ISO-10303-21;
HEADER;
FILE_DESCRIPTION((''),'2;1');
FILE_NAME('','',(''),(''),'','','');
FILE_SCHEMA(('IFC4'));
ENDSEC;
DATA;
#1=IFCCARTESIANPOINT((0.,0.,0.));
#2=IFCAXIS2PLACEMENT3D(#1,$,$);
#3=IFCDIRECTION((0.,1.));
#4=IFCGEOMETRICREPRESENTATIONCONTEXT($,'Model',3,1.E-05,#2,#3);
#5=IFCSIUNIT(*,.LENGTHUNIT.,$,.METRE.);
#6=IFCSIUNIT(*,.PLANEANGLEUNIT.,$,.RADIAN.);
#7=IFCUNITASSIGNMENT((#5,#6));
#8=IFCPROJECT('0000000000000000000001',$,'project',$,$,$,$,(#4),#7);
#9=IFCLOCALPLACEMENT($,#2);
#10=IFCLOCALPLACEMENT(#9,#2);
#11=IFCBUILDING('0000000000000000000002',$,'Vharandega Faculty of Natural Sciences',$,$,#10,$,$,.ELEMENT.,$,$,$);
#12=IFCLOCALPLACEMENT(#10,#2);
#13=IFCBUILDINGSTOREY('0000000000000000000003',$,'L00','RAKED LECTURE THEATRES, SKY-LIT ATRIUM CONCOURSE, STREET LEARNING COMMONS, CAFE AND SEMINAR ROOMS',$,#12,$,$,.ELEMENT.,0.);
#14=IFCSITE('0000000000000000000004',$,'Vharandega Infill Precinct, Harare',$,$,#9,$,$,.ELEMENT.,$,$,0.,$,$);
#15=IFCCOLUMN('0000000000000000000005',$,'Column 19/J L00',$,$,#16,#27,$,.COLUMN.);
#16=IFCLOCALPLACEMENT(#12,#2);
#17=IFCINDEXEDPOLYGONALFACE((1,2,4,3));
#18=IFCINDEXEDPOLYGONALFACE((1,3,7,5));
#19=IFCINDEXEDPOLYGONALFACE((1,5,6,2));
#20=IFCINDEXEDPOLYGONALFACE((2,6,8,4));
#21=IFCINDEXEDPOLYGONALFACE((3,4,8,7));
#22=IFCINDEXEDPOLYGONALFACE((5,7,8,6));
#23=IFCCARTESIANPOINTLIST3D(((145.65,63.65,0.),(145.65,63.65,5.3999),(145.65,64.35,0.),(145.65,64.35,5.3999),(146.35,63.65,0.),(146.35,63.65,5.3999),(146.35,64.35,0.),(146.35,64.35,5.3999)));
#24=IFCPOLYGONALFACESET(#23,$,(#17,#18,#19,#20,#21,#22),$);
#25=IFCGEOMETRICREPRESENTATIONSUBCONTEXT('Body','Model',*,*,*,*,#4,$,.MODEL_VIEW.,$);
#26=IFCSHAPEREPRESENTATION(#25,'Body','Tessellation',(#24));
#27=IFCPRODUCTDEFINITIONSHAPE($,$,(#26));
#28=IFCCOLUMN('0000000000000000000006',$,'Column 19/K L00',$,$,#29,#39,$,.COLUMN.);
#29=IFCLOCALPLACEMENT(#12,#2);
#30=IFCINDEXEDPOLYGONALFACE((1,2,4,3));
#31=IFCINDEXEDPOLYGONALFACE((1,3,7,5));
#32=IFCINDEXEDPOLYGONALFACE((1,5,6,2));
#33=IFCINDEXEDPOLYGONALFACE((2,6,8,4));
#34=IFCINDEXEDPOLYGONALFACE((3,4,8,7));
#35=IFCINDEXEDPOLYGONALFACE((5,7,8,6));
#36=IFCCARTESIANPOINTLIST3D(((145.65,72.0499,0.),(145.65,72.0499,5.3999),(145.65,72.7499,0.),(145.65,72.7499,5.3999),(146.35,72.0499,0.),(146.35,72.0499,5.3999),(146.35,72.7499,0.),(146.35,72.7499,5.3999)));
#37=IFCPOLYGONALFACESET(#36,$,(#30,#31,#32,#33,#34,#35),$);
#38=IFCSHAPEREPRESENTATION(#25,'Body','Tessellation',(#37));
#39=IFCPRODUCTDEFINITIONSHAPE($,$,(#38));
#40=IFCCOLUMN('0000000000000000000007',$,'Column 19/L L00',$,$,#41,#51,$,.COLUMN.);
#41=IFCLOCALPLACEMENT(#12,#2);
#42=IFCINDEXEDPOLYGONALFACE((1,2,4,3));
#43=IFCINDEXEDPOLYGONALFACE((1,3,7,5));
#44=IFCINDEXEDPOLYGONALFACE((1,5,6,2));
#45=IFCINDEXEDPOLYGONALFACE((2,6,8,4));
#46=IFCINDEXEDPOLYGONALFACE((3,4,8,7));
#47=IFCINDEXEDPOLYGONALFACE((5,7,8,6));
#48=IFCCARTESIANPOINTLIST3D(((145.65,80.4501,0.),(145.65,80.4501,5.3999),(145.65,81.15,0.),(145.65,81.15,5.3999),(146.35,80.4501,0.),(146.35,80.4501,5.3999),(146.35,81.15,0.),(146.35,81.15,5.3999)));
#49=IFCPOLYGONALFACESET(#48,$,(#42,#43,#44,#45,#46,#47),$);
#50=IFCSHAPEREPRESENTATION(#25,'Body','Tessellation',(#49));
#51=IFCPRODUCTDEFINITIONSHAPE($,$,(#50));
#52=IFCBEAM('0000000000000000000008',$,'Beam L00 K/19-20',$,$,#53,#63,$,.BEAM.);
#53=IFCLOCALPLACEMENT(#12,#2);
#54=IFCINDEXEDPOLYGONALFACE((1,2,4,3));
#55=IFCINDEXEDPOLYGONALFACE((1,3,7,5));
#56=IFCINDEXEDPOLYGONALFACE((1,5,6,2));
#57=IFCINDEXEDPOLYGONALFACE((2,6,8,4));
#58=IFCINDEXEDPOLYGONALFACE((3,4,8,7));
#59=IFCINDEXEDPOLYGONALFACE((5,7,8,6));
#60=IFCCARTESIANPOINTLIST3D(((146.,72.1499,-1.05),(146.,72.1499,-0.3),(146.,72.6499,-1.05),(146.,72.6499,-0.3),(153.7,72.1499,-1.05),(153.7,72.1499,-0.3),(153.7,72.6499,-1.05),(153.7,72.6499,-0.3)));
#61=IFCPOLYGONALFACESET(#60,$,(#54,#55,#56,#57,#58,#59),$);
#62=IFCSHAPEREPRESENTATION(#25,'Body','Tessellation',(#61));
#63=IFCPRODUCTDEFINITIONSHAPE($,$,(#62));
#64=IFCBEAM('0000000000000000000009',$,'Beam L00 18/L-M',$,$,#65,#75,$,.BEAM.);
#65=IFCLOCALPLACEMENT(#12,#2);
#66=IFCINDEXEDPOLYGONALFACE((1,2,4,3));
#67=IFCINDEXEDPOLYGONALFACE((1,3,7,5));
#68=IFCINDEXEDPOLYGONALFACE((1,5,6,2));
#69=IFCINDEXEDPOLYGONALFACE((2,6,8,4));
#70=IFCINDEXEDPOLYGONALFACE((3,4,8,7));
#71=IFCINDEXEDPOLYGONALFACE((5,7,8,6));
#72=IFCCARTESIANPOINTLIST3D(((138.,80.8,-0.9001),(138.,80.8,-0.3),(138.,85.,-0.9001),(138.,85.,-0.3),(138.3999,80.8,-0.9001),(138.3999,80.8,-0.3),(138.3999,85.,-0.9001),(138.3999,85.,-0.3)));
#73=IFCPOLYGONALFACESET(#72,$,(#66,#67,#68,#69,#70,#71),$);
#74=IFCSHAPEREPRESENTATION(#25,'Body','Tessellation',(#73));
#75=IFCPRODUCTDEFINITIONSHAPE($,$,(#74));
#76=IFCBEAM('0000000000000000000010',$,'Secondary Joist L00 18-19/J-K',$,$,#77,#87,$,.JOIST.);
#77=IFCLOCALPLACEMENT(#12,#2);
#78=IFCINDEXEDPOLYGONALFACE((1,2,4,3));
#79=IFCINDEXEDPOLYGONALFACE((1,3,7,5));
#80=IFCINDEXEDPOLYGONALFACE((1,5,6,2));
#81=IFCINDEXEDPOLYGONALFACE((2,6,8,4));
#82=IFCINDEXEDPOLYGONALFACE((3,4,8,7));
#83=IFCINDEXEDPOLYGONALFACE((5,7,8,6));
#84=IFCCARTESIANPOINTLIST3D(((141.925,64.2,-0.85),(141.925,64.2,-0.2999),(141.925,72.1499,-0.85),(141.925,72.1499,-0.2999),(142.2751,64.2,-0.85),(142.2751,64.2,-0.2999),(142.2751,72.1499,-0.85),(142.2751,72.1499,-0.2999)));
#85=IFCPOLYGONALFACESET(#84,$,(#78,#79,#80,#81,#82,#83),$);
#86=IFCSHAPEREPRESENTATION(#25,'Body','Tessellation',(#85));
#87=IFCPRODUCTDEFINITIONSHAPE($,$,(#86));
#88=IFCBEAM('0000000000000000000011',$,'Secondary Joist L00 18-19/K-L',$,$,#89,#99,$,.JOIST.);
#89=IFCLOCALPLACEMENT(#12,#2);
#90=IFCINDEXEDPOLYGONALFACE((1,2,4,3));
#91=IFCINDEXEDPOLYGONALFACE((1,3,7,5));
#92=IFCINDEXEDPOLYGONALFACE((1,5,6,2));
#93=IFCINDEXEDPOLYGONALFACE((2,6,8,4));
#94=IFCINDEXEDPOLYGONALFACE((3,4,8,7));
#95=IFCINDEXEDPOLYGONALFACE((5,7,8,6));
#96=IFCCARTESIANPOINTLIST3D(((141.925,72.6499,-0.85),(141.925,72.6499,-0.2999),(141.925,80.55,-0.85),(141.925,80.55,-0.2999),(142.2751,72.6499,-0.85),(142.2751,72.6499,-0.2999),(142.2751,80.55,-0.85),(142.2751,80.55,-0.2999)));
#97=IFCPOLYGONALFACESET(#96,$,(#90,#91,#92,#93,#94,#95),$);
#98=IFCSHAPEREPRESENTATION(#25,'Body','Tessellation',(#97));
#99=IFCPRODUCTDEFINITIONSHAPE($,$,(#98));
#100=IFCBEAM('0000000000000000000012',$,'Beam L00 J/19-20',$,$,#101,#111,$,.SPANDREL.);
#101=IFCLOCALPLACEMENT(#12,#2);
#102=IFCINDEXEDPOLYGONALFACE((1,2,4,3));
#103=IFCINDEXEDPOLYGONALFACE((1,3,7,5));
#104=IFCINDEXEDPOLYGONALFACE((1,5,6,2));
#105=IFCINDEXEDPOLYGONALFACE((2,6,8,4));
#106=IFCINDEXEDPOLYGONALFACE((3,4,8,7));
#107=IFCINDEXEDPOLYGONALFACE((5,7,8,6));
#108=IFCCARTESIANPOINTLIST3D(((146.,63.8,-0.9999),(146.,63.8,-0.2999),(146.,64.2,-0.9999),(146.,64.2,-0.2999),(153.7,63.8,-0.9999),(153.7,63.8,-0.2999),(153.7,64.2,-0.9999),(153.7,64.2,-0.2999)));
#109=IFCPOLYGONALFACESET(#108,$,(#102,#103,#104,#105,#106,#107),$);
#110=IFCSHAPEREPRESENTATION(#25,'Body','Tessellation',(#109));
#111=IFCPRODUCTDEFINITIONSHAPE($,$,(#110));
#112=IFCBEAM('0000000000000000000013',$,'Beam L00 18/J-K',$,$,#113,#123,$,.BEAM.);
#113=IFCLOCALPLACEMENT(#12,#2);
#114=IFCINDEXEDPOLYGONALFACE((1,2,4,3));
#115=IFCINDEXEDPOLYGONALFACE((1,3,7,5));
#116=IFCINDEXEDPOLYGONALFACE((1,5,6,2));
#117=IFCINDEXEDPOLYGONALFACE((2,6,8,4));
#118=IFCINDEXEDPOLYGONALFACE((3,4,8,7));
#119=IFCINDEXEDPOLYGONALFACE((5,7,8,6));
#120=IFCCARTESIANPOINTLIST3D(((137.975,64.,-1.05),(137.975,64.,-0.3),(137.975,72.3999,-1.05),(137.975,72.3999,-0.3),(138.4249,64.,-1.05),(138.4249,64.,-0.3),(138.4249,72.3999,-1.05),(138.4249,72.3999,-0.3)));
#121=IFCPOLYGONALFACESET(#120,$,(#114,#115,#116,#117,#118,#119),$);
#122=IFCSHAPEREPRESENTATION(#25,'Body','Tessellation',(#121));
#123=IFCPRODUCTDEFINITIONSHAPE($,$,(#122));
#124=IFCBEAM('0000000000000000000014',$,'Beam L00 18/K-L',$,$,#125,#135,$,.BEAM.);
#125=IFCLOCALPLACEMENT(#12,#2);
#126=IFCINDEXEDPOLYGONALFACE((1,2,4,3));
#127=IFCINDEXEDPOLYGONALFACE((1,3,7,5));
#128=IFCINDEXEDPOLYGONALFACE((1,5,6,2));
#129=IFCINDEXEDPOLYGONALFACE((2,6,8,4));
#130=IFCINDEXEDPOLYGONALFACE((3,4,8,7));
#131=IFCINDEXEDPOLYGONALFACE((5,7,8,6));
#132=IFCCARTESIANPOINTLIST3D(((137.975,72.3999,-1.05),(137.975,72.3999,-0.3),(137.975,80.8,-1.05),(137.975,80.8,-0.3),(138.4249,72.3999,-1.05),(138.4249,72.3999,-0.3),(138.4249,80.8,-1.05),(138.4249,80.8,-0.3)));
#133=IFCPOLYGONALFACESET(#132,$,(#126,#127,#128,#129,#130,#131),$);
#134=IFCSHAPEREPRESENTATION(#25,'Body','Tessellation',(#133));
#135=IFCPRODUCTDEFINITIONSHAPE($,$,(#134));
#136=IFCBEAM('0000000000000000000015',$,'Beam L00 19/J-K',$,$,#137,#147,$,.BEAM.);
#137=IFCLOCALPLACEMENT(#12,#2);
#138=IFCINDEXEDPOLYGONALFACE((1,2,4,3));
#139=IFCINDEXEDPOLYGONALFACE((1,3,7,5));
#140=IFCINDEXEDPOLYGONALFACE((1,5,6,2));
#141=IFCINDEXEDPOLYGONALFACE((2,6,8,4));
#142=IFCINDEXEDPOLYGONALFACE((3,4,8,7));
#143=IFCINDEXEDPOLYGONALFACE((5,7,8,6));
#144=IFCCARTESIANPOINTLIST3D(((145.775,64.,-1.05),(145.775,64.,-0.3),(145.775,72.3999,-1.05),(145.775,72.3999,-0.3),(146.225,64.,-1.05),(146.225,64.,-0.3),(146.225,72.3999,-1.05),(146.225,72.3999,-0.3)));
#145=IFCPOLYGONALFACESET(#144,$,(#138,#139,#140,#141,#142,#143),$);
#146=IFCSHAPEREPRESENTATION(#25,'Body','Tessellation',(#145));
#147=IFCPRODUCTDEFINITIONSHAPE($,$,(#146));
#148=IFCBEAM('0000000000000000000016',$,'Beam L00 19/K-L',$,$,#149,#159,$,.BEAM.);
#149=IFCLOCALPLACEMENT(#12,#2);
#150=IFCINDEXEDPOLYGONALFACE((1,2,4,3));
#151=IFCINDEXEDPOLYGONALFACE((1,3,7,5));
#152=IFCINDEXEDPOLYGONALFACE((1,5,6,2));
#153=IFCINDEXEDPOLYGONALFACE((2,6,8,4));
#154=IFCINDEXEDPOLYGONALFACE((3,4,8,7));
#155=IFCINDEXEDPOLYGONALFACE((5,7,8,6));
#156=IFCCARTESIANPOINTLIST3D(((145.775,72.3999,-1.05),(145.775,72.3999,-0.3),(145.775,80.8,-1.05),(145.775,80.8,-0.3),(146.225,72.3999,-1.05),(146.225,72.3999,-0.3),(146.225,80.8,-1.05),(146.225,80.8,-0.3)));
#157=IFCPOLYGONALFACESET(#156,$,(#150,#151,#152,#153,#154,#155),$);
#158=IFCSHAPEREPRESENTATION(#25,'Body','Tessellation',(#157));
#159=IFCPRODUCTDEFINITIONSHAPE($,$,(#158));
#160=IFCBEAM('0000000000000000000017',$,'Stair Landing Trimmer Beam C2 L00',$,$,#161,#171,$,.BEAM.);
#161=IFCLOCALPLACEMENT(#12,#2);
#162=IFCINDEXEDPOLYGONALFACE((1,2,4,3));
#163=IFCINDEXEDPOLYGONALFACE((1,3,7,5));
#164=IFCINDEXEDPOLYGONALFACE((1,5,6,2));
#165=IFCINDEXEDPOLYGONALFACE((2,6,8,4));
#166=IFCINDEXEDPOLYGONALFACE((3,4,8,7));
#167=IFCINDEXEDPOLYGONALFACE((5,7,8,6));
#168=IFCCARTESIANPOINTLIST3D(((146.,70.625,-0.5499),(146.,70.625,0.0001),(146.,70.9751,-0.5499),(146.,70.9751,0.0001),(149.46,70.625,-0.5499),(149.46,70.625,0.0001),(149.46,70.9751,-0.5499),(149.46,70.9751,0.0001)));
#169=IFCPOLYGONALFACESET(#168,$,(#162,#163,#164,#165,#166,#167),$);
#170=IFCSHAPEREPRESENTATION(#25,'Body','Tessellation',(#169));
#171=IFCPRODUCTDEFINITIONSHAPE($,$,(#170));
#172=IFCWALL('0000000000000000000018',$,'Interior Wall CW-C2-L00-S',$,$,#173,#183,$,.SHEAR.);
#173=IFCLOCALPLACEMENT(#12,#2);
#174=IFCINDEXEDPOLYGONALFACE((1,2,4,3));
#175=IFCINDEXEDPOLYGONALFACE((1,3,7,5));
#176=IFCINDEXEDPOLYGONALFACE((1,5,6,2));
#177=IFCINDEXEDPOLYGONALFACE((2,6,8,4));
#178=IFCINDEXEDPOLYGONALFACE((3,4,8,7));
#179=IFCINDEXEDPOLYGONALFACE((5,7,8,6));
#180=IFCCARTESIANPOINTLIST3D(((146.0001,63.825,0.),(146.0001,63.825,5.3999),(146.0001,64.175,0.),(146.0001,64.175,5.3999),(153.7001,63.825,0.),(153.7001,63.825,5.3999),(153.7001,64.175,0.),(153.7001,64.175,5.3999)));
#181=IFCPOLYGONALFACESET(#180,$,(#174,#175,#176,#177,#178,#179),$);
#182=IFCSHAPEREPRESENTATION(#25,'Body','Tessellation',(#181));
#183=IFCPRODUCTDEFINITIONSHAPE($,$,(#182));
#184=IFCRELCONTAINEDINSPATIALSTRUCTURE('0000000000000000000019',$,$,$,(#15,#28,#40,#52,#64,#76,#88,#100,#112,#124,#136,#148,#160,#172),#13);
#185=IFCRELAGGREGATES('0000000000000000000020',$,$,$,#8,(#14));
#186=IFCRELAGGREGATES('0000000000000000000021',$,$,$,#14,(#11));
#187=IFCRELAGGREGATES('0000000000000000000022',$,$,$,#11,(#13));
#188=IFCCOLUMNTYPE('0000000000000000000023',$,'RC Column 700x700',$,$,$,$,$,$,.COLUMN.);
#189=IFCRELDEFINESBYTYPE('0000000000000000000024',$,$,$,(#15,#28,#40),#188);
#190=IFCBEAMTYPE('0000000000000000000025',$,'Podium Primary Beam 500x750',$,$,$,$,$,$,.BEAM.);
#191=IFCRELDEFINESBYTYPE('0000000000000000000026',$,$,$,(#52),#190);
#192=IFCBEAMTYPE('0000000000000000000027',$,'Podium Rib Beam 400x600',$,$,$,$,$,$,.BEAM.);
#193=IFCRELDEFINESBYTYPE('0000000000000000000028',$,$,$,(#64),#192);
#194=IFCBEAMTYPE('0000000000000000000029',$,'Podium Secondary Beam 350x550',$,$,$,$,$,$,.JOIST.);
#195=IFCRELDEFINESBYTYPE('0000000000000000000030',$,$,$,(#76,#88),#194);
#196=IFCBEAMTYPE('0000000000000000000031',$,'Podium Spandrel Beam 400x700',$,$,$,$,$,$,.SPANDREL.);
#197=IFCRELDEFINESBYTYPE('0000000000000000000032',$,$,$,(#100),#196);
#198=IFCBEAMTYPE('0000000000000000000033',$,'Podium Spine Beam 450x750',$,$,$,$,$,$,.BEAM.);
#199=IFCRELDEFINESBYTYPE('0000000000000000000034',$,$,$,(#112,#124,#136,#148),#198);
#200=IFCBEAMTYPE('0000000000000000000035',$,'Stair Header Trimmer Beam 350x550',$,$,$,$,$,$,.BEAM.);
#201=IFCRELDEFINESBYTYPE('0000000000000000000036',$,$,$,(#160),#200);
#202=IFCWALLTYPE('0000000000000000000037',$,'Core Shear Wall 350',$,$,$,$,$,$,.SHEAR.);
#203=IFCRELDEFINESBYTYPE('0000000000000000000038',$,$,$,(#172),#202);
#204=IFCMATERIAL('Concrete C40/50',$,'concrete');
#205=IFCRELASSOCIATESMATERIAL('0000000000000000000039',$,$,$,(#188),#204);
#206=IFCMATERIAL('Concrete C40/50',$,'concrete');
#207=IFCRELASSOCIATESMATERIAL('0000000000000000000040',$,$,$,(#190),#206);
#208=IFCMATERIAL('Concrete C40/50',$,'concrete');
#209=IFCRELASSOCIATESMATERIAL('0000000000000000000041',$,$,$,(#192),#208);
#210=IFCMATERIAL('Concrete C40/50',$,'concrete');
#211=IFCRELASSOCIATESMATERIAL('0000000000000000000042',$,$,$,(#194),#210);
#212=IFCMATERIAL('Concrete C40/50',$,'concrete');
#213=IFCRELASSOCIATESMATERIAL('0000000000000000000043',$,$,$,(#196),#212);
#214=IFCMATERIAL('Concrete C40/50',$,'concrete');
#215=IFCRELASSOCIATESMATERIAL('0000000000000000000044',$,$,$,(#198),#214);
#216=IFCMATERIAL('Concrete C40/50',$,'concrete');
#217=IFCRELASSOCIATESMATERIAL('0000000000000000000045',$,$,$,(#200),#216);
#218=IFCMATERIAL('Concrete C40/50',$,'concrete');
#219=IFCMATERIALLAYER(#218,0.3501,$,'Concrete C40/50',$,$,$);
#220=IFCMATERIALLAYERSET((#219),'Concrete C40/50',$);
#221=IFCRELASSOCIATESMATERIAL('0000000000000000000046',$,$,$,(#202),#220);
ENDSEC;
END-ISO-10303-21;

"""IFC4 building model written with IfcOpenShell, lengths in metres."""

from ifc_helpers import new_model, si_unit, direction, frame, frame_2d, origin, origin_2d, place, context, subcontext, project, spatial, rectangle, extrude, material, layer, layer_set, material_profile, profile_set, type_object, element, save


model = new_model("IFC4")

# Units and contexts
model_context = context("Model", 3, precision=1e-05, world=origin(), true_north=direction((0.0, 1.0)))
body_context = subcontext(model_context, "Body", "Model", "MODEL_VIEW")
ifc_project = project(units=[si_unit("LENGTHUNIT", "METRE"), si_unit("PLANEANGLEUNIT", "RADIAN")], contexts=[model_context])

# Site, building, storey
site_placement = place(None, origin())
site = spatial("IfcSite", under=ifc_project, at=site_placement, Name="Vharandega Infill Precinct, Harare", CompositionType="ELEMENT", RefElevation=0.0)
building_placement = place(site_placement, origin())
building = spatial("IfcBuilding", under=site, at=building_placement, Name="Vharandega Faculty of Natural Sciences", CompositionType="ELEMENT")
storey_placement = place(building_placement, origin())
storey = spatial("IfcBuildingStorey", under=building, at=storey_placement, Name="L00", Description="RAKED LECTURE THEATRES, SKY-LIT ATRIUM CONCOURSE, STREET LEARNING COMMONS, CAFE AND SEMINAR ROOMS", CompositionType="ELEMENT", Elevation=0.0)

# Columns
ifc_material_1 = material(Name="Concrete C40/50", Category="concrete")
ifc_material_profile_1 = material_profile(ifc_material_1, rectangle(XDim=0.7, YDim=0.7, at=origin_2d()), Name="RC 700x700")
ifc_profile_set_1 = profile_set([ifc_material_profile_1], Name="Concrete C40/50")
column_type = type_object("IfcColumnType", Name="RC Column 700x700", PredefinedType="COLUMN", material=ifc_profile_set_1)
for number, where, z_axis, x_axis, name in (
    (1, (146.0, 64.0, 0.0), (0.0, 0.0, 1.0), (1.0, 0.0, 0.0), "Column 19/J L00"),
    (2, (146.0, 72.3999, 0.0), (0.0, 0.0, 1.0), (1.0, 0.0, 0.0), "Column 19/K L00"),
    (3, (146.0, 80.8, 0.0), (0.0, 0.0, 1.0), (1.0, 0.0, 0.0), "Column 19/L L00"),
):
    element("IfcColumn", number, at=place(storey_placement, frame(where, z_axis=z_axis, x_axis=x_axis)), inside=storey, type_object=column_type, Name=name, PredefinedType="COLUMN", context=body_context, shape_type="SweptSolid", body=[
        extrude(rectangle(XDim=0.7, YDim=0.7, at=origin_2d()), origin(), (0.0, 0.0, 1.0), 5.3999),
    ])

# Beams
ifc_material_2 = material(Name="Concrete C40/50", Category="concrete")
ifc_material_profile_2 = material_profile(ifc_material_2, rectangle(XDim=0.5, YDim=0.75, at=origin_2d()), Name="RC 500x750")
ifc_profile_set_2 = profile_set([ifc_material_profile_2], Name="Concrete C40/50")
beam_type_1 = type_object("IfcBeamType", Name="Podium Primary Beam 500x750", PredefinedType="BEAM", material=ifc_profile_set_2)
beam_1_placement = place(storey_placement, frame((146.0, 72.3999, -0.675), z_axis=(1.0, 0.0, 0.0), x_axis=(0.0, 1.0, 0.0)))
element("IfcBeam", 4, at=beam_1_placement, inside=storey, type_object=beam_type_1, Name="Beam L00 K/19-20", PredefinedType="BEAM", context=body_context, shape_type="SweptSolid", body=[
    extrude(rectangle(XDim=0.5, YDim=0.75, at=origin_2d()), origin(), (0.0, 0.0, 1.0), 7.7),
])
ifc_material_3 = material(Name="Concrete C40/50", Category="concrete")
ifc_material_profile_3 = material_profile(ifc_material_3, rectangle(XDim=0.3999, YDim=0.6001, at=origin_2d()), Name="RC 400x600")
ifc_profile_set_3 = profile_set([ifc_material_profile_3], Name="Concrete C40/50")
beam_type_2 = type_object("IfcBeamType", Name="Podium Rib Beam 400x600", PredefinedType="BEAM", material=ifc_profile_set_3)
beam_2_placement = place(storey_placement, frame((138.2, 80.8, -0.6001), z_axis=(0.0, 1.0, 0.0), x_axis=(-1.0, 0.0, 0.0)))
element("IfcBeam", 5, at=beam_2_placement, inside=storey, type_object=beam_type_2, Name="Beam L00 18/L-M", PredefinedType="BEAM", context=body_context, shape_type="SweptSolid", body=[
    extrude(rectangle(XDim=0.3999, YDim=0.6001, at=origin_2d()), origin(), (0.0, 0.0, 1.0), 4.2),
])
ifc_material_4 = material(Name="Concrete C40/50", Category="concrete")
ifc_material_profile_4 = material_profile(ifc_material_4, rectangle(XDim=0.3501, YDim=0.55, at=origin_2d()), Name="RC 350x550")
ifc_profile_set_4 = profile_set([ifc_material_profile_4], Name="Concrete C40/50")
beam_type_3 = type_object("IfcBeamType", Name="Podium Secondary Beam 350x550", PredefinedType="JOIST", material=ifc_profile_set_4)
beam_3_placement = place(storey_placement, frame((142.1001, 64.2, -0.575), z_axis=(0.0, 1.0, 0.0), x_axis=(-1.0, 0.0, 0.0)))
element("IfcBeam", 6, at=beam_3_placement, inside=storey, type_object=beam_type_3, Name="Secondary Joist L00 18-19/J-K", PredefinedType="JOIST", context=body_context, shape_type="SweptSolid", body=[
    extrude(rectangle(XDim=0.3501, YDim=0.55, at=origin_2d()), origin(), (0.0, 0.0, 1.0), 7.95),
])
beam_4_placement = place(storey_placement, frame((142.1001, 72.6499, -0.575), z_axis=(0.0, 1.0, 0.0), x_axis=(-1.0, 0.0, 0.0)))
element("IfcBeam", 7, at=beam_4_placement, inside=storey, type_object=beam_type_3, Name="Secondary Joist L00 18-19/K-L", PredefinedType="JOIST", context=body_context, shape_type="SweptSolid", body=[
    extrude(rectangle(XDim=0.3501, YDim=0.55, at=origin_2d()), origin(), (0.0, 0.0, 1.0), 7.9001),
])
ifc_material_5 = material(Name="Concrete C40/50", Category="concrete")
ifc_material_profile_5 = material_profile(ifc_material_5, rectangle(XDim=0.3999, YDim=0.7, at=origin_2d()), Name="RC 400x700")
ifc_profile_set_5 = profile_set([ifc_material_profile_5], Name="Concrete C40/50")
beam_type_4 = type_object("IfcBeamType", Name="Podium Spandrel Beam 400x700", PredefinedType="SPANDREL", material=ifc_profile_set_5)
beam_5_placement = place(storey_placement, frame((146.0, 64.0, -0.6499), z_axis=(1.0, 0.0, 0.0), x_axis=(0.0, 1.0, 0.0)))
element("IfcBeam", 8, at=beam_5_placement, inside=storey, type_object=beam_type_4, Name="Beam L00 J/19-20", PredefinedType="SPANDREL", context=body_context, shape_type="SweptSolid", body=[
    extrude(rectangle(XDim=0.3999, YDim=0.7, at=origin_2d()), origin(), (0.0, 0.0, 1.0), 7.7),
])
ifc_material_6 = material(Name="Concrete C40/50", Category="concrete")
ifc_material_profile_6 = material_profile(ifc_material_6, rectangle(XDim=0.45, YDim=0.75, at=origin_2d()), Name="RC 450x750")
ifc_profile_set_6 = profile_set([ifc_material_profile_6], Name="Concrete C40/50")
beam_type_5 = type_object("IfcBeamType", Name="Podium Spine Beam 450x750", PredefinedType="BEAM", material=ifc_profile_set_6)
beam_6_placement = place(storey_placement, frame((138.2, 64.0, -0.675), z_axis=(0.0, 1.0, 0.0), x_axis=(-1.0, 0.0, 0.0)))
element("IfcBeam", 9, at=beam_6_placement, inside=storey, type_object=beam_type_5, Name="Beam L00 18/J-K", PredefinedType="BEAM", context=body_context, shape_type="SweptSolid", body=[
    extrude(rectangle(XDim=0.45, YDim=0.75, at=origin_2d()), origin(), (0.0, 0.0, 1.0), 8.3999),
])
beam_7_placement = place(storey_placement, frame((138.2, 72.3999, -0.675), z_axis=(0.0, 1.0, 0.0), x_axis=(-1.0, 0.0, 0.0)))
element("IfcBeam", 10, at=beam_7_placement, inside=storey, type_object=beam_type_5, Name="Beam L00 18/K-L", PredefinedType="BEAM", context=body_context, shape_type="SweptSolid", body=[
    extrude(rectangle(XDim=0.45, YDim=0.75, at=origin_2d()), origin(), (0.0, 0.0, 1.0), 8.4001),
])
beam_8_placement = place(storey_placement, frame((146.0, 64.0, -0.675), z_axis=(0.0, 1.0, 0.0), x_axis=(-1.0, 0.0, 0.0)))
element("IfcBeam", 11, at=beam_8_placement, inside=storey, type_object=beam_type_5, Name="Beam L00 19/J-K", PredefinedType="BEAM", context=body_context, shape_type="SweptSolid", body=[
    extrude(rectangle(XDim=0.45, YDim=0.75, at=origin_2d()), origin(), (0.0, 0.0, 1.0), 8.3999),
])
beam_9_placement = place(storey_placement, frame((146.0, 72.3999, -0.675), z_axis=(0.0, 1.0, 0.0), x_axis=(-1.0, 0.0, 0.0)))
element("IfcBeam", 12, at=beam_9_placement, inside=storey, type_object=beam_type_5, Name="Beam L00 19/K-L", PredefinedType="BEAM", context=body_context, shape_type="SweptSolid", body=[
    extrude(rectangle(XDim=0.45, YDim=0.75, at=origin_2d()), origin(), (0.0, 0.0, 1.0), 8.4001),
])
ifc_material_7 = material(Name="Concrete C40/50", Category="concrete")
ifc_material_profile_7 = material_profile(ifc_material_7, rectangle(XDim=0.3501, YDim=0.55, at=origin_2d()), Name="RC 350x550")
ifc_profile_set_7 = profile_set([ifc_material_profile_7], Name="Concrete C40/50")
beam_type_6 = type_object("IfcBeamType", Name="Stair Header Trimmer Beam 350x550", PredefinedType="BEAM", material=ifc_profile_set_7)
beam_10_placement = place(storey_placement, frame((146.0, 70.8, -0.2749), z_axis=(1.0, 0.0, 0.0), x_axis=(0.0, 1.0, 0.0)))
element("IfcBeam", 13, at=beam_10_placement, inside=storey, type_object=beam_type_6, Name="Stair Landing Trimmer Beam C2 L00", PredefinedType="BEAM", context=body_context, shape_type="SweptSolid", body=[
    extrude(rectangle(XDim=0.3501, YDim=0.55, at=origin_2d()), origin(), (0.0, 0.0, 1.0), 3.46),
])

# Wall
ifc_material_8 = material(Name="Concrete C40/50", Category="concrete")
ifc_layer_1 = layer(ifc_material_8, 0.3501, Name="Concrete C40/50")
ifc_layer_set_1 = layer_set([ifc_layer_1], Name="Concrete C40/50")
wall_type_1 = type_object("IfcWallType", Name="Core Shear Wall 350", PredefinedType="SHEAR", material=ifc_layer_set_1)
wall_1_placement = place(storey_placement, frame((146.0, 64.0, 0.0), z_axis=(0.0, 0.0, 1.0), x_axis=(1.0, 0.0, 0.0)))
element("IfcWall", 14, at=wall_1_placement, inside=storey, type_object=wall_type_1, Name="Interior Wall CW-C2-L00-S", PredefinedType="SHEAR", context=body_context, shape_type="SweptSolid", body=[
    extrude(rectangle(XDim=7.7, YDim=0.3501, at=frame_2d((3.8501, 0.0))), origin(), (0.0, 0.0, 1.0), 5.3999),
])

save(model, "model.ifc")
